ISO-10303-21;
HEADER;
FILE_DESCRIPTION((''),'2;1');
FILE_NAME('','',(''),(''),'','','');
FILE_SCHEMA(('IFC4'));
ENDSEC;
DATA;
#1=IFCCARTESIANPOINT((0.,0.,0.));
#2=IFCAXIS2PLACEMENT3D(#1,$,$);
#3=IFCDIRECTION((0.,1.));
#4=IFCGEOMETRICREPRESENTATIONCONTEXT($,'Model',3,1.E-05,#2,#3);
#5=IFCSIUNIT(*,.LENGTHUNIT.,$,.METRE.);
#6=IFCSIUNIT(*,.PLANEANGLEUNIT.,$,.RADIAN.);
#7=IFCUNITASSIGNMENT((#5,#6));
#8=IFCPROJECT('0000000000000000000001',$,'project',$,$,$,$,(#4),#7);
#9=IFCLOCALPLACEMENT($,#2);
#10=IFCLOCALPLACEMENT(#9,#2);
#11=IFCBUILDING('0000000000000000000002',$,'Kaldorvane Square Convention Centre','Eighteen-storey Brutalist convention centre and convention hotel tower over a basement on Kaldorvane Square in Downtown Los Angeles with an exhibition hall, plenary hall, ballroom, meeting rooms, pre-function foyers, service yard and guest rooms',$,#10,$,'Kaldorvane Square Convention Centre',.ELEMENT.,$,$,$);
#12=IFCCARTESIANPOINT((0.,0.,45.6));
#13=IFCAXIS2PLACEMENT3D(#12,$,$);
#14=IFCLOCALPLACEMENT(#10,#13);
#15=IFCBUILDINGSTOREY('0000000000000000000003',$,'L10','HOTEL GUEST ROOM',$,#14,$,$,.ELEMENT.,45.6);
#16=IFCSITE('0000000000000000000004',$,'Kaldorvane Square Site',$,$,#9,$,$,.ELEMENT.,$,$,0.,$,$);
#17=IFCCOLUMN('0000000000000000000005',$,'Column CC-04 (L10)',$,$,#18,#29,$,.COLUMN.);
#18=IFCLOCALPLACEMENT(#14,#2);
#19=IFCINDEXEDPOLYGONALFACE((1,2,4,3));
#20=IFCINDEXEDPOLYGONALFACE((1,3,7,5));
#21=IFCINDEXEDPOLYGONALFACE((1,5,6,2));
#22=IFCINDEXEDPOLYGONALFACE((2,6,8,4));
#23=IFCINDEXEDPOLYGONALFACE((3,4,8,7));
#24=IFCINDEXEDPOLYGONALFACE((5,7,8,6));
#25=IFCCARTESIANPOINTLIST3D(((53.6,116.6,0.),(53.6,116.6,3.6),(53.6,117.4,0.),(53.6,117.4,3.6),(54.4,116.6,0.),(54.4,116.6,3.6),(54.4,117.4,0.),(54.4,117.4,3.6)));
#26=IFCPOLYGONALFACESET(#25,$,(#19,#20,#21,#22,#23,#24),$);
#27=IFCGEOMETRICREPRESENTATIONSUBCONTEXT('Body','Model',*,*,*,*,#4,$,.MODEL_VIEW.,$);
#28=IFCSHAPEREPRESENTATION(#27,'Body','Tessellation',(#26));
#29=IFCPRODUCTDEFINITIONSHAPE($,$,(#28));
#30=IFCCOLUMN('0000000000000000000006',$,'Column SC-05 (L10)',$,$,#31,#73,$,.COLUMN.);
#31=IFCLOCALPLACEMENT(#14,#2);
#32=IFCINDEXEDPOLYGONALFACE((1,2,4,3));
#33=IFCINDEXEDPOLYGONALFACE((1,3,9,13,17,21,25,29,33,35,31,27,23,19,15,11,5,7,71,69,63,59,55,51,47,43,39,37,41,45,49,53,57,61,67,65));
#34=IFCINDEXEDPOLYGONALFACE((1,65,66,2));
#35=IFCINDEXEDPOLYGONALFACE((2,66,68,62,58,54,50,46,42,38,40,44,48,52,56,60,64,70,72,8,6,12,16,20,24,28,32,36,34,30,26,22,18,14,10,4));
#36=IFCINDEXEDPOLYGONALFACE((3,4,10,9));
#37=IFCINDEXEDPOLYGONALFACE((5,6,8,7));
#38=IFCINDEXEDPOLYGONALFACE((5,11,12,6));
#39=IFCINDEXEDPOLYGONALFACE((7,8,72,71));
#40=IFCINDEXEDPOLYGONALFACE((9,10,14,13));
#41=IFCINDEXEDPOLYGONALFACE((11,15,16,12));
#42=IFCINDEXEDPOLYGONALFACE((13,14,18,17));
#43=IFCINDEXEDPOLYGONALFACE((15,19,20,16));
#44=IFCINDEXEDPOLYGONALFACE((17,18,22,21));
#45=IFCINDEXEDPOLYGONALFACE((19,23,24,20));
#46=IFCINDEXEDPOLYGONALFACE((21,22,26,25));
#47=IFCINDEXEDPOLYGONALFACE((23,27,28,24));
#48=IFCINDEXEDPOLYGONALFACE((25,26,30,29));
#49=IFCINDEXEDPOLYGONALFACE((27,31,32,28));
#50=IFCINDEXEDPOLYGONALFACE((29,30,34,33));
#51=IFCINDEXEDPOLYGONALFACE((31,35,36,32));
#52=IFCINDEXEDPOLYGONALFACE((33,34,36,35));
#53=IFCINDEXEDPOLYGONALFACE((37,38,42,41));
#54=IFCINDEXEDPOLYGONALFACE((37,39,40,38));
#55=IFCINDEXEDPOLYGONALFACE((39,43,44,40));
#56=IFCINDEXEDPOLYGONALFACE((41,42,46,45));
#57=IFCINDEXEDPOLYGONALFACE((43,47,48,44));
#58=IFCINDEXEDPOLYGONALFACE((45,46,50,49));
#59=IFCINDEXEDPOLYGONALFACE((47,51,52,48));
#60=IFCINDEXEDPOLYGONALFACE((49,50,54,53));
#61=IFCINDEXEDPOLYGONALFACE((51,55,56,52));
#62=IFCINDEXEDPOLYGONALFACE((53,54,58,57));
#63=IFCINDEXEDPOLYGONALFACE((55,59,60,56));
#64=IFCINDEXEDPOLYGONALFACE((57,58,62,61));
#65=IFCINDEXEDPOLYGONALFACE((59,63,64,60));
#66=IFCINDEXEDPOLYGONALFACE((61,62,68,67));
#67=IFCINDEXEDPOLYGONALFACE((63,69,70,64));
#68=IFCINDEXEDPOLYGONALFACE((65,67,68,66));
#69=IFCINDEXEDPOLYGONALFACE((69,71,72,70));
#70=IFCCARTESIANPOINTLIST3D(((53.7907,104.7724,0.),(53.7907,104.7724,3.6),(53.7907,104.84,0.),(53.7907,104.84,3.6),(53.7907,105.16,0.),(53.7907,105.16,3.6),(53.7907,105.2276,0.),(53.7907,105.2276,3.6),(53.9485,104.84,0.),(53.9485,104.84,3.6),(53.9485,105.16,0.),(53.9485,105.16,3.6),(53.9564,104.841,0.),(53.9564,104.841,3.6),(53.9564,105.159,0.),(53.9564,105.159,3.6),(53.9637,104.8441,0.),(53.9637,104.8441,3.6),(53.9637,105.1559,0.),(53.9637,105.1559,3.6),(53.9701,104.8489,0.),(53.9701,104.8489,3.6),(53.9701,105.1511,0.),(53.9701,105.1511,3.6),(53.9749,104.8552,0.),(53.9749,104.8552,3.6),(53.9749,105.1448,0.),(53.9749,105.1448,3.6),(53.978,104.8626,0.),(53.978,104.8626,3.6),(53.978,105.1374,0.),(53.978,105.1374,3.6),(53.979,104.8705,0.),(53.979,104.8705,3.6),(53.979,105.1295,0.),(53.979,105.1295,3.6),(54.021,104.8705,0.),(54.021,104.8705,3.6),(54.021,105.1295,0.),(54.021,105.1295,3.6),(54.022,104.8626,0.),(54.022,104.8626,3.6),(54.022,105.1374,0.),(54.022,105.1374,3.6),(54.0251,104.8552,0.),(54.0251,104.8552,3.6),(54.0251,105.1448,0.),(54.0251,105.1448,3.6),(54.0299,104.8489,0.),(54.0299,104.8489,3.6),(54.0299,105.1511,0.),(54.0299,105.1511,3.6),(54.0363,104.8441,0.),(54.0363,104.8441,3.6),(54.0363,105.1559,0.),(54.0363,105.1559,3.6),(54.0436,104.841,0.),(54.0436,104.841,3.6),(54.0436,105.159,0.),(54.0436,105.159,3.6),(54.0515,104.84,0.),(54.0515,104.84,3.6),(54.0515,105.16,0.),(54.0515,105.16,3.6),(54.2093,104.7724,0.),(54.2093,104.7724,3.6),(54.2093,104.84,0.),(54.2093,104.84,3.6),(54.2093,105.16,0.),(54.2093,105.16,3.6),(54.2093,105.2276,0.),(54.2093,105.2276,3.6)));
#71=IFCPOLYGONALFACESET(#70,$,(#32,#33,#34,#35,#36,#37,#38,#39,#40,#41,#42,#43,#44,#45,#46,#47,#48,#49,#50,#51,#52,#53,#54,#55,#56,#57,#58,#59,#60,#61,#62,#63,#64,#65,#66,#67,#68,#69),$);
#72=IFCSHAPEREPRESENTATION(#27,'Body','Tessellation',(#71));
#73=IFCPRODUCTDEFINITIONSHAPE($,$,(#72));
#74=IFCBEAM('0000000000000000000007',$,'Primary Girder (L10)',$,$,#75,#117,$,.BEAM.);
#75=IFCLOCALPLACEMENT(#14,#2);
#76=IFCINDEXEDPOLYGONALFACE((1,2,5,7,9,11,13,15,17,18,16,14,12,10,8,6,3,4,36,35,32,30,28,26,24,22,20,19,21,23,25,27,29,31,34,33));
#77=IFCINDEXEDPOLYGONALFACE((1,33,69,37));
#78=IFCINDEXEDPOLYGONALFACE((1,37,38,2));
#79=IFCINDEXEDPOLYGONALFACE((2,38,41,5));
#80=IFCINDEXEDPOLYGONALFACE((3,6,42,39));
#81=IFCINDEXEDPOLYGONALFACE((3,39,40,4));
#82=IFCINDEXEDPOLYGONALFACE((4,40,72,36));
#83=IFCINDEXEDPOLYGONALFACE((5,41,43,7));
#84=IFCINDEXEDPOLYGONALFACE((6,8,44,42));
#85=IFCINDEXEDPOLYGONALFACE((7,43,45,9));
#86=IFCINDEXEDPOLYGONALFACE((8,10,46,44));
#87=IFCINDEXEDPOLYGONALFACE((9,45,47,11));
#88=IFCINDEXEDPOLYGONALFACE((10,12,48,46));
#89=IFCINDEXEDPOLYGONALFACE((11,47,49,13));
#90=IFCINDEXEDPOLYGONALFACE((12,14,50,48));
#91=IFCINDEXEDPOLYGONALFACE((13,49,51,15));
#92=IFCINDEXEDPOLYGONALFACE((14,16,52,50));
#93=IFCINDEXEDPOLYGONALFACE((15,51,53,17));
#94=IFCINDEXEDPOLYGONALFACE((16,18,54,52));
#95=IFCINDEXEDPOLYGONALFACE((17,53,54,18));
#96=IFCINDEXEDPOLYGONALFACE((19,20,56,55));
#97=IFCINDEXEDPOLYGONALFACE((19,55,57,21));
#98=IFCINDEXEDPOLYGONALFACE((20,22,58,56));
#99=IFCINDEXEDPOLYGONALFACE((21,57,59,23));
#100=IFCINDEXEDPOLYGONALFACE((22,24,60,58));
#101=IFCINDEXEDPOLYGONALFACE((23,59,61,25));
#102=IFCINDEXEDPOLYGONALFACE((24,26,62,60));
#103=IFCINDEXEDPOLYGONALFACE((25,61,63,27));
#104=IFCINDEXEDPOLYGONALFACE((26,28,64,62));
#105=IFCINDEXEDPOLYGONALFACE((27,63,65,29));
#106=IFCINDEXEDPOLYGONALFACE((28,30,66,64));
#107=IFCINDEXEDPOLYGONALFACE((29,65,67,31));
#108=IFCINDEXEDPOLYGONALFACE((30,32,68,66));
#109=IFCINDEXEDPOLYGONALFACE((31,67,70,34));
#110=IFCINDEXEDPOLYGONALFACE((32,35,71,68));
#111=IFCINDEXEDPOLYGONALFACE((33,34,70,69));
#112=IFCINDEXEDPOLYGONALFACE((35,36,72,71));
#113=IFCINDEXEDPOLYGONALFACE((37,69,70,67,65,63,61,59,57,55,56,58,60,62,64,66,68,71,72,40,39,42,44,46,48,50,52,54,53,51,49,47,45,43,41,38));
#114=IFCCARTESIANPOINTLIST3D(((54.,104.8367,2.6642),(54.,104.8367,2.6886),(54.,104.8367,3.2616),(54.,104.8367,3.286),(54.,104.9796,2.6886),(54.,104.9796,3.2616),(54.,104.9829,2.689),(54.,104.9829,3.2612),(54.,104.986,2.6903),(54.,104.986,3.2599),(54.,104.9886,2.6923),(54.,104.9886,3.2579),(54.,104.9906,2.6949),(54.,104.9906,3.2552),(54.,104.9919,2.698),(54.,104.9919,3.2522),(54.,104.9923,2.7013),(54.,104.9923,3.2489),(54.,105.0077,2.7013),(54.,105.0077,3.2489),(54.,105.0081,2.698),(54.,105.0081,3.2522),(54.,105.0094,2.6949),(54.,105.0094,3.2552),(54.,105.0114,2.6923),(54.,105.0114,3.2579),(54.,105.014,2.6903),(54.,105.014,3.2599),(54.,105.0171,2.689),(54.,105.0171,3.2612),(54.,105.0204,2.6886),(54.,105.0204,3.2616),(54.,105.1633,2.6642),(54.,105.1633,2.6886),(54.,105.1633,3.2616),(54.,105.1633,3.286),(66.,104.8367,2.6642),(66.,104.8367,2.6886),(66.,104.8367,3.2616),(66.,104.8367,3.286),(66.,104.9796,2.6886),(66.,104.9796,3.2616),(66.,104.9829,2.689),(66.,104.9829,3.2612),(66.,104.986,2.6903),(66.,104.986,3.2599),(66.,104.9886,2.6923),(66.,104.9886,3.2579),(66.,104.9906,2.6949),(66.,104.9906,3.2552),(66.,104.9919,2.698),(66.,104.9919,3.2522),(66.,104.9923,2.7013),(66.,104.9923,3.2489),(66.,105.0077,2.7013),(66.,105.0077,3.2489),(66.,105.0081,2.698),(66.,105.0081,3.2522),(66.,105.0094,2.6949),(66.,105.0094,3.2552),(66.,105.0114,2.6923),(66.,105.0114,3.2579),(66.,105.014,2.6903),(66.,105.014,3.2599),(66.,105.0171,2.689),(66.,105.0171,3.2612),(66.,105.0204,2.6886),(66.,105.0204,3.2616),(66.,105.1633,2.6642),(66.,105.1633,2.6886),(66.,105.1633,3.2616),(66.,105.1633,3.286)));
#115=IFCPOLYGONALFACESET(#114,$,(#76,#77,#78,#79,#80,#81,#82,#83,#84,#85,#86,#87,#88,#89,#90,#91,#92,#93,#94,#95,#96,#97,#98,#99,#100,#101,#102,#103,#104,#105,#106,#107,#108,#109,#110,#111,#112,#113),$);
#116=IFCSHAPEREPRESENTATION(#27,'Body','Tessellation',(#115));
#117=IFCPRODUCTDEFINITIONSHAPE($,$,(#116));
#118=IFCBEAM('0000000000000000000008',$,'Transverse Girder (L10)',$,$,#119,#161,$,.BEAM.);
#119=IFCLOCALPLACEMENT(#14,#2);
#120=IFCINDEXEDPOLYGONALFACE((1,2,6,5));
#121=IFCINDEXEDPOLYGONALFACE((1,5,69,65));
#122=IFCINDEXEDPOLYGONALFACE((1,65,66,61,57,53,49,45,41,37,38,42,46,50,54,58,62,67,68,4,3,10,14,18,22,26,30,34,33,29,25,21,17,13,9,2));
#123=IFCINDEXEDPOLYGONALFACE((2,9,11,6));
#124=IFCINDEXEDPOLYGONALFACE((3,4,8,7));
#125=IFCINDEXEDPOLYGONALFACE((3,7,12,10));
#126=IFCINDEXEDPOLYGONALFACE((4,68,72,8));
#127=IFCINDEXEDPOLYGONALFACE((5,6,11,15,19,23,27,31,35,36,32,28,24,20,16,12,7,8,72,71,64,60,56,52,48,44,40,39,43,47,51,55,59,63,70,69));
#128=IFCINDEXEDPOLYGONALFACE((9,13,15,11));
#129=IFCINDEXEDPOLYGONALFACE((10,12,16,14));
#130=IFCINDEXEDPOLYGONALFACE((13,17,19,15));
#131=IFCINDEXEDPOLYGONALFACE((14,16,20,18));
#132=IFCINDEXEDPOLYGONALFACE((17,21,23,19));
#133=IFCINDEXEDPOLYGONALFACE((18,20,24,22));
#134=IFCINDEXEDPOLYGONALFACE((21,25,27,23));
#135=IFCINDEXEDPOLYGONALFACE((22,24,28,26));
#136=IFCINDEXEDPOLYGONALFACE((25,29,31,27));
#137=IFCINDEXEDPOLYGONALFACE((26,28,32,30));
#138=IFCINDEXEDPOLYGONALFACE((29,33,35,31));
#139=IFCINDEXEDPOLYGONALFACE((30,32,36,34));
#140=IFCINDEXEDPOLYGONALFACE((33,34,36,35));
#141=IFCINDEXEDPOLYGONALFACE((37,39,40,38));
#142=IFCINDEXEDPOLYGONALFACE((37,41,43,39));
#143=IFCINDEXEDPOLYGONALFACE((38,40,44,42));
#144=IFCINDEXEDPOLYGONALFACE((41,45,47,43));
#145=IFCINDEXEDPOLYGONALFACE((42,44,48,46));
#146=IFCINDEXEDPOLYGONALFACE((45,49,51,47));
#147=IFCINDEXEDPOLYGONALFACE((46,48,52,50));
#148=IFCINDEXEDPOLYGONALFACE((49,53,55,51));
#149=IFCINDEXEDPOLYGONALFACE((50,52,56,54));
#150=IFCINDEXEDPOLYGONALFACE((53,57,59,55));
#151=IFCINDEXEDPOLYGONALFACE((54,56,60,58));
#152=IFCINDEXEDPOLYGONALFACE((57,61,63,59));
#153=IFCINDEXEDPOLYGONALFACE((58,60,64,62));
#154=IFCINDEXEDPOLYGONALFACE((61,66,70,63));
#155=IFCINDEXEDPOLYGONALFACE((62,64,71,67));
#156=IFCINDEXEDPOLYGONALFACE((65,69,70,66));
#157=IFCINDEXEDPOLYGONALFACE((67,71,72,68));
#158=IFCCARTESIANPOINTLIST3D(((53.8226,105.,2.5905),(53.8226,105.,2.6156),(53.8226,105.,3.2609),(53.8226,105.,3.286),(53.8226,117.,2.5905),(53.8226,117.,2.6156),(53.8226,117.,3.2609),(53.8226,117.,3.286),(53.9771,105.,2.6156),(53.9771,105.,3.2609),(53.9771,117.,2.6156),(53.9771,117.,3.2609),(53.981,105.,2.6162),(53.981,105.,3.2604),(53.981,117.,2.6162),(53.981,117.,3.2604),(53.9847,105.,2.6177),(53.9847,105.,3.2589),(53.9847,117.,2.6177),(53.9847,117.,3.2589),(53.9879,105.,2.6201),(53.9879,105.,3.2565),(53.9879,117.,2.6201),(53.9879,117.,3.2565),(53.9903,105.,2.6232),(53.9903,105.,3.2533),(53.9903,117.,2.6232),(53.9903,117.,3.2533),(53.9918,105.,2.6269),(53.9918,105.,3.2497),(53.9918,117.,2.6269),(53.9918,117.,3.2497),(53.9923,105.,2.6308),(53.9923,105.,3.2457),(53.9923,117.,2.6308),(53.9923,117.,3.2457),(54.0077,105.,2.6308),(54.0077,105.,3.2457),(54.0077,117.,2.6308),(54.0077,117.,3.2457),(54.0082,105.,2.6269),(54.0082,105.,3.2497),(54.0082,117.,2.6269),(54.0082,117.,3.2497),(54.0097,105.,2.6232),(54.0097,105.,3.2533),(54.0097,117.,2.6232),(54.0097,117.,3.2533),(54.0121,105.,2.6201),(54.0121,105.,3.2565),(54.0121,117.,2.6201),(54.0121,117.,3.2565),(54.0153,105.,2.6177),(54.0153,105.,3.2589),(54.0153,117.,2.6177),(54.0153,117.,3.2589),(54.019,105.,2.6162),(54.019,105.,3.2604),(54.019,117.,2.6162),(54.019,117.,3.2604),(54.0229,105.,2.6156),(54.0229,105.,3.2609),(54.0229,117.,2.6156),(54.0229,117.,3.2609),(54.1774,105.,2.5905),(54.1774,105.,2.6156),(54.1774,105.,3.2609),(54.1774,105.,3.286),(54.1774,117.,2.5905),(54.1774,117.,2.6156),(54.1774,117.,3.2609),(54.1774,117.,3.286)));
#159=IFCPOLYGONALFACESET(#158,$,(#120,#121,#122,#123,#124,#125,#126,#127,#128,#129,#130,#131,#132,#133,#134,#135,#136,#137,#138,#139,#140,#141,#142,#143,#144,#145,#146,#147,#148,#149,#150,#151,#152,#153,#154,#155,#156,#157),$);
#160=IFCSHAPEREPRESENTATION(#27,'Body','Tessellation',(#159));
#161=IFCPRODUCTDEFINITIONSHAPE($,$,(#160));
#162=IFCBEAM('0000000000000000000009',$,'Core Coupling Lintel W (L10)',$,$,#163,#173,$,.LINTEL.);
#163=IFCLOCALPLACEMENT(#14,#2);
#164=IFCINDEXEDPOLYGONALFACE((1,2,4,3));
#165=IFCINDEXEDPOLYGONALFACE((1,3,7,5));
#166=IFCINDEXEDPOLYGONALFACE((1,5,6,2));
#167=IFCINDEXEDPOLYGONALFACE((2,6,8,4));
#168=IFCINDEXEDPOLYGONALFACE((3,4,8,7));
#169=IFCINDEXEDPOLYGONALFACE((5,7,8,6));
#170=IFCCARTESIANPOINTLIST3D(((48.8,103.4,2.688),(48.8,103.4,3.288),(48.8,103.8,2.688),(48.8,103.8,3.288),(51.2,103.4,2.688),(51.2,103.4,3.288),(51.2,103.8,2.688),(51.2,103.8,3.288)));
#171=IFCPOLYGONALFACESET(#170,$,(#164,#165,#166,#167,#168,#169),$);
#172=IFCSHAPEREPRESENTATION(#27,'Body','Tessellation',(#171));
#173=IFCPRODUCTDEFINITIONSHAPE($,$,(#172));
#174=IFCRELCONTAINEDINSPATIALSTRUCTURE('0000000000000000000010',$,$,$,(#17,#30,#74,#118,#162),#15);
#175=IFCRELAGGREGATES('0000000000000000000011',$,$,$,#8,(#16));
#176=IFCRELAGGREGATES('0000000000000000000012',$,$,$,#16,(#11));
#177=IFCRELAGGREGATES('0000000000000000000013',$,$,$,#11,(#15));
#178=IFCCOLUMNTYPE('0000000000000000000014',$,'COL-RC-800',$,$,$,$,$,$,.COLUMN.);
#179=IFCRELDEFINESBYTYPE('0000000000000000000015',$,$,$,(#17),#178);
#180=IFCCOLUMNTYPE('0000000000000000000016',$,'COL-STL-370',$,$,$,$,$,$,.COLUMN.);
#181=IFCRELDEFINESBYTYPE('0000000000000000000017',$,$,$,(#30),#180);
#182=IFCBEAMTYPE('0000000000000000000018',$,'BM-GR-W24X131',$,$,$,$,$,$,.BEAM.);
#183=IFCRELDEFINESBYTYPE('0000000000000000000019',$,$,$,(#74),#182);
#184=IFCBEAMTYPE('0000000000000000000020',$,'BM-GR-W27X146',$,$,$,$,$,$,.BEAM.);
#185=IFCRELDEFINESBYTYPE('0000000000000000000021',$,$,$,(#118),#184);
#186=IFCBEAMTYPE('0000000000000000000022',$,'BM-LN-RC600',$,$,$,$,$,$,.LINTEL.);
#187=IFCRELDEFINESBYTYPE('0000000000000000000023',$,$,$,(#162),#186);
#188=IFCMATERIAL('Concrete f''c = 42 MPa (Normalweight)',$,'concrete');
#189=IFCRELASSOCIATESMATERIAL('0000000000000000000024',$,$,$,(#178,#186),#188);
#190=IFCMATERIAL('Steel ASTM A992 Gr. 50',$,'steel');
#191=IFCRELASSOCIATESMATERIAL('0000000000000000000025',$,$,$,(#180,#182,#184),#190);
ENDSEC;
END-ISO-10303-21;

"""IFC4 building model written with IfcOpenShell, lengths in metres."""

from ifc_helpers import new_model, si_unit, direction, frame, origin, origin_2d, place, context, subcontext, project, spatial, rectangle, i_section, extrude, material, material_profile, profile_set, type_object, element, save


model = new_model("IFC4")

# Units and contexts
model_context = context("Model", 3, precision=1e-05, world=origin(), true_north=direction((0.0, 1.0)))
body_context = subcontext(model_context, "Body", "Model", "MODEL_VIEW")
ifc_project = project(units=[si_unit("LENGTHUNIT", "METRE"), si_unit("PLANEANGLEUNIT", "RADIAN")], contexts=[model_context])

# Site, building, storey
site_placement = place(None, origin())
site = spatial("IfcSite", under=ifc_project, at=site_placement, Name="Kaldorvane Square Site", CompositionType="ELEMENT", RefElevation=0.0)
building_placement = place(site_placement, origin())
building = spatial("IfcBuilding", under=site, at=building_placement, Name="Kaldorvane Square Convention Centre", Description="Eighteen-storey Brutalist convention centre and convention hotel tower over a basement on Kaldorvane Square in Downtown Los Angeles with an exhibition hall, plenary hall, ballroom, meeting rooms, pre-function foyers, service yard and guest rooms", LongName="Kaldorvane Square Convention Centre", CompositionType="ELEMENT")
storey_placement = place(building_placement, frame((0.0, 0.0, 45.6)))
storey = spatial("IfcBuildingStorey", under=building, at=storey_placement, Name="L10", Description="HOTEL GUEST ROOM", CompositionType="ELEMENT", Elevation=45.6)

# Columns
ifc_material_1 = material(Name="Concrete f'c = 42 MPa (Normalweight)", Category="concrete")
ifc_material_profile_1 = material_profile(ifc_material_1, rectangle(XDim=0.8, YDim=0.8, at=origin_2d()), Name="RC800X800")
ifc_profile_set_1 = profile_set([ifc_material_profile_1], Name="Concrete f'c = 42 MPa (Normalweight)")
column_type_1 = type_object("IfcColumnType", Name="COL-RC-800", PredefinedType="COLUMN", material=ifc_profile_set_1)
column_1_placement = place(storey_placement, frame((54.0, 117.0, 0.0), z_axis=(0.0, 0.0, 1.0), x_axis=(1.0, 0.0, 0.0)))
element("IfcColumn", 1, at=column_1_placement, inside=storey, type_object=column_type_1, Name="Column CC-04 (L10)", PredefinedType="COLUMN", context=body_context, shape_type="SweptSolid", body=[
    extrude(rectangle(XDim=0.8, YDim=0.8, at=origin_2d()), origin(), (0.0, 0.0, 1.0), 3.6),
])
ifc_material_2 = material(Name="Steel ASTM A992 Gr. 50", Category="steel")
ifc_material_profile_2 = material_profile(ifc_material_2, i_section(OverallWidth=0.4185, OverallDepth=0.4552, WebThickness=0.042, FlangeThickness=0.0676, FilletRadius=0.0305, at=origin_2d()), Name="W14X370")
ifc_profile_set_2 = profile_set([ifc_material_profile_2], Name="Steel ASTM A992 Gr. 50")
column_type_2 = type_object("IfcColumnType", Name="COL-STL-370", PredefinedType="COLUMN", material=ifc_profile_set_2)
column_2_placement = place(storey_placement, frame((54.0, 105.0, 0.0), z_axis=(0.0, 0.0, 1.0), x_axis=(1.0, 0.0, 0.0)))
element("IfcColumn", 2, at=column_2_placement, inside=storey, type_object=column_type_2, Name="Column SC-05 (L10)", PredefinedType="COLUMN", context=body_context, shape_type="SweptSolid", body=[
    extrude(i_section(OverallWidth=0.4185, OverallDepth=0.4552, WebThickness=0.042, FlangeThickness=0.0676, FilletRadius=0.0305, at=origin_2d()), origin(), (0.0, 0.0, 1.0), 3.6),
])

# Beams
ifc_material_profile_3 = material_profile(ifc_material_2, i_section(OverallWidth=0.3265, OverallDepth=0.6218, WebThickness=0.0154, FlangeThickness=0.0244, FilletRadius=0.0127, at=origin_2d()), Name="W24X131")
ifc_profile_set_3 = profile_set([ifc_material_profile_3], Name="Steel ASTM A992 Gr. 50")
beam_type_1 = type_object("IfcBeamType", Name="BM-GR-W24X131", PredefinedType="BEAM", material=ifc_profile_set_3)
beam_1_placement = place(storey_placement, frame((54.0, 105.0, 2.9751), z_axis=(1.0, 0.0, 0.0), x_axis=(0.0, 1.0, 0.0)))
element("IfcBeam", 3, at=beam_1_placement, inside=storey, type_object=beam_type_1, Name="Primary Girder (L10)", PredefinedType="BEAM", context=body_context, shape_type="SweptSolid", body=[
    extrude(i_section(OverallWidth=0.3265, OverallDepth=0.6218, WebThickness=0.0154, FlangeThickness=0.0244, FilletRadius=0.0127, at=origin_2d()), origin(), (0.0, 0.0, 1.0), 12.0),
])
ifc_material_profile_4 = material_profile(ifc_material_2, i_section(OverallWidth=0.3547, OverallDepth=0.6955, WebThickness=0.0154, FlangeThickness=0.0251, FilletRadius=0.0152, at=origin_2d()), Name="W27X146")
ifc_profile_set_4 = profile_set([ifc_material_profile_4], Name="Steel ASTM A992 Gr. 50")
beam_type_2 = type_object("IfcBeamType", Name="BM-GR-W27X146", PredefinedType="BEAM", material=ifc_profile_set_4)
beam_2_placement = place(storey_placement, frame((54.0, 105.0, 2.9383), z_axis=(0.0, 1.0, 0.0), x_axis=(-1.0, 0.0, 0.0)))
element("IfcBeam", 4, at=beam_2_placement, inside=storey, type_object=beam_type_2, Name="Transverse Girder (L10)", PredefinedType="BEAM", context=body_context, shape_type="SweptSolid", body=[
    extrude(i_section(OverallWidth=0.3547, OverallDepth=0.6955, WebThickness=0.0154, FlangeThickness=0.0251, FilletRadius=0.0152, at=origin_2d()), origin(), (0.0, 0.0, 1.0), 12.0),
])
ifc_material_profile_5 = material_profile(ifc_material_1, rectangle(XDim=0.4, YDim=0.6, at=origin_2d()), Name="RCLN600X400")
ifc_profile_set_5 = profile_set([ifc_material_profile_5], Name="Concrete f'c = 42 MPa (Normalweight)")
beam_type_3 = type_object("IfcBeamType", Name="BM-LN-RC600", PredefinedType="LINTEL", material=ifc_profile_set_5)
beam_3_placement = place(storey_placement, frame((48.8, 103.6, 2.988), z_axis=(1.0, 0.0, 0.0), x_axis=(0.0, 1.0, 0.0)))
element("IfcBeam", 5, at=beam_3_placement, inside=storey, type_object=beam_type_3, Name="Core Coupling Lintel W (L10)", PredefinedType="LINTEL", context=body_context, shape_type="SweptSolid", body=[
    extrude(rectangle(XDim=0.4, YDim=0.6, at=origin_2d()), origin(), (0.0, 0.0, 1.0), 2.4),
])

save(model, "model.ifc")
